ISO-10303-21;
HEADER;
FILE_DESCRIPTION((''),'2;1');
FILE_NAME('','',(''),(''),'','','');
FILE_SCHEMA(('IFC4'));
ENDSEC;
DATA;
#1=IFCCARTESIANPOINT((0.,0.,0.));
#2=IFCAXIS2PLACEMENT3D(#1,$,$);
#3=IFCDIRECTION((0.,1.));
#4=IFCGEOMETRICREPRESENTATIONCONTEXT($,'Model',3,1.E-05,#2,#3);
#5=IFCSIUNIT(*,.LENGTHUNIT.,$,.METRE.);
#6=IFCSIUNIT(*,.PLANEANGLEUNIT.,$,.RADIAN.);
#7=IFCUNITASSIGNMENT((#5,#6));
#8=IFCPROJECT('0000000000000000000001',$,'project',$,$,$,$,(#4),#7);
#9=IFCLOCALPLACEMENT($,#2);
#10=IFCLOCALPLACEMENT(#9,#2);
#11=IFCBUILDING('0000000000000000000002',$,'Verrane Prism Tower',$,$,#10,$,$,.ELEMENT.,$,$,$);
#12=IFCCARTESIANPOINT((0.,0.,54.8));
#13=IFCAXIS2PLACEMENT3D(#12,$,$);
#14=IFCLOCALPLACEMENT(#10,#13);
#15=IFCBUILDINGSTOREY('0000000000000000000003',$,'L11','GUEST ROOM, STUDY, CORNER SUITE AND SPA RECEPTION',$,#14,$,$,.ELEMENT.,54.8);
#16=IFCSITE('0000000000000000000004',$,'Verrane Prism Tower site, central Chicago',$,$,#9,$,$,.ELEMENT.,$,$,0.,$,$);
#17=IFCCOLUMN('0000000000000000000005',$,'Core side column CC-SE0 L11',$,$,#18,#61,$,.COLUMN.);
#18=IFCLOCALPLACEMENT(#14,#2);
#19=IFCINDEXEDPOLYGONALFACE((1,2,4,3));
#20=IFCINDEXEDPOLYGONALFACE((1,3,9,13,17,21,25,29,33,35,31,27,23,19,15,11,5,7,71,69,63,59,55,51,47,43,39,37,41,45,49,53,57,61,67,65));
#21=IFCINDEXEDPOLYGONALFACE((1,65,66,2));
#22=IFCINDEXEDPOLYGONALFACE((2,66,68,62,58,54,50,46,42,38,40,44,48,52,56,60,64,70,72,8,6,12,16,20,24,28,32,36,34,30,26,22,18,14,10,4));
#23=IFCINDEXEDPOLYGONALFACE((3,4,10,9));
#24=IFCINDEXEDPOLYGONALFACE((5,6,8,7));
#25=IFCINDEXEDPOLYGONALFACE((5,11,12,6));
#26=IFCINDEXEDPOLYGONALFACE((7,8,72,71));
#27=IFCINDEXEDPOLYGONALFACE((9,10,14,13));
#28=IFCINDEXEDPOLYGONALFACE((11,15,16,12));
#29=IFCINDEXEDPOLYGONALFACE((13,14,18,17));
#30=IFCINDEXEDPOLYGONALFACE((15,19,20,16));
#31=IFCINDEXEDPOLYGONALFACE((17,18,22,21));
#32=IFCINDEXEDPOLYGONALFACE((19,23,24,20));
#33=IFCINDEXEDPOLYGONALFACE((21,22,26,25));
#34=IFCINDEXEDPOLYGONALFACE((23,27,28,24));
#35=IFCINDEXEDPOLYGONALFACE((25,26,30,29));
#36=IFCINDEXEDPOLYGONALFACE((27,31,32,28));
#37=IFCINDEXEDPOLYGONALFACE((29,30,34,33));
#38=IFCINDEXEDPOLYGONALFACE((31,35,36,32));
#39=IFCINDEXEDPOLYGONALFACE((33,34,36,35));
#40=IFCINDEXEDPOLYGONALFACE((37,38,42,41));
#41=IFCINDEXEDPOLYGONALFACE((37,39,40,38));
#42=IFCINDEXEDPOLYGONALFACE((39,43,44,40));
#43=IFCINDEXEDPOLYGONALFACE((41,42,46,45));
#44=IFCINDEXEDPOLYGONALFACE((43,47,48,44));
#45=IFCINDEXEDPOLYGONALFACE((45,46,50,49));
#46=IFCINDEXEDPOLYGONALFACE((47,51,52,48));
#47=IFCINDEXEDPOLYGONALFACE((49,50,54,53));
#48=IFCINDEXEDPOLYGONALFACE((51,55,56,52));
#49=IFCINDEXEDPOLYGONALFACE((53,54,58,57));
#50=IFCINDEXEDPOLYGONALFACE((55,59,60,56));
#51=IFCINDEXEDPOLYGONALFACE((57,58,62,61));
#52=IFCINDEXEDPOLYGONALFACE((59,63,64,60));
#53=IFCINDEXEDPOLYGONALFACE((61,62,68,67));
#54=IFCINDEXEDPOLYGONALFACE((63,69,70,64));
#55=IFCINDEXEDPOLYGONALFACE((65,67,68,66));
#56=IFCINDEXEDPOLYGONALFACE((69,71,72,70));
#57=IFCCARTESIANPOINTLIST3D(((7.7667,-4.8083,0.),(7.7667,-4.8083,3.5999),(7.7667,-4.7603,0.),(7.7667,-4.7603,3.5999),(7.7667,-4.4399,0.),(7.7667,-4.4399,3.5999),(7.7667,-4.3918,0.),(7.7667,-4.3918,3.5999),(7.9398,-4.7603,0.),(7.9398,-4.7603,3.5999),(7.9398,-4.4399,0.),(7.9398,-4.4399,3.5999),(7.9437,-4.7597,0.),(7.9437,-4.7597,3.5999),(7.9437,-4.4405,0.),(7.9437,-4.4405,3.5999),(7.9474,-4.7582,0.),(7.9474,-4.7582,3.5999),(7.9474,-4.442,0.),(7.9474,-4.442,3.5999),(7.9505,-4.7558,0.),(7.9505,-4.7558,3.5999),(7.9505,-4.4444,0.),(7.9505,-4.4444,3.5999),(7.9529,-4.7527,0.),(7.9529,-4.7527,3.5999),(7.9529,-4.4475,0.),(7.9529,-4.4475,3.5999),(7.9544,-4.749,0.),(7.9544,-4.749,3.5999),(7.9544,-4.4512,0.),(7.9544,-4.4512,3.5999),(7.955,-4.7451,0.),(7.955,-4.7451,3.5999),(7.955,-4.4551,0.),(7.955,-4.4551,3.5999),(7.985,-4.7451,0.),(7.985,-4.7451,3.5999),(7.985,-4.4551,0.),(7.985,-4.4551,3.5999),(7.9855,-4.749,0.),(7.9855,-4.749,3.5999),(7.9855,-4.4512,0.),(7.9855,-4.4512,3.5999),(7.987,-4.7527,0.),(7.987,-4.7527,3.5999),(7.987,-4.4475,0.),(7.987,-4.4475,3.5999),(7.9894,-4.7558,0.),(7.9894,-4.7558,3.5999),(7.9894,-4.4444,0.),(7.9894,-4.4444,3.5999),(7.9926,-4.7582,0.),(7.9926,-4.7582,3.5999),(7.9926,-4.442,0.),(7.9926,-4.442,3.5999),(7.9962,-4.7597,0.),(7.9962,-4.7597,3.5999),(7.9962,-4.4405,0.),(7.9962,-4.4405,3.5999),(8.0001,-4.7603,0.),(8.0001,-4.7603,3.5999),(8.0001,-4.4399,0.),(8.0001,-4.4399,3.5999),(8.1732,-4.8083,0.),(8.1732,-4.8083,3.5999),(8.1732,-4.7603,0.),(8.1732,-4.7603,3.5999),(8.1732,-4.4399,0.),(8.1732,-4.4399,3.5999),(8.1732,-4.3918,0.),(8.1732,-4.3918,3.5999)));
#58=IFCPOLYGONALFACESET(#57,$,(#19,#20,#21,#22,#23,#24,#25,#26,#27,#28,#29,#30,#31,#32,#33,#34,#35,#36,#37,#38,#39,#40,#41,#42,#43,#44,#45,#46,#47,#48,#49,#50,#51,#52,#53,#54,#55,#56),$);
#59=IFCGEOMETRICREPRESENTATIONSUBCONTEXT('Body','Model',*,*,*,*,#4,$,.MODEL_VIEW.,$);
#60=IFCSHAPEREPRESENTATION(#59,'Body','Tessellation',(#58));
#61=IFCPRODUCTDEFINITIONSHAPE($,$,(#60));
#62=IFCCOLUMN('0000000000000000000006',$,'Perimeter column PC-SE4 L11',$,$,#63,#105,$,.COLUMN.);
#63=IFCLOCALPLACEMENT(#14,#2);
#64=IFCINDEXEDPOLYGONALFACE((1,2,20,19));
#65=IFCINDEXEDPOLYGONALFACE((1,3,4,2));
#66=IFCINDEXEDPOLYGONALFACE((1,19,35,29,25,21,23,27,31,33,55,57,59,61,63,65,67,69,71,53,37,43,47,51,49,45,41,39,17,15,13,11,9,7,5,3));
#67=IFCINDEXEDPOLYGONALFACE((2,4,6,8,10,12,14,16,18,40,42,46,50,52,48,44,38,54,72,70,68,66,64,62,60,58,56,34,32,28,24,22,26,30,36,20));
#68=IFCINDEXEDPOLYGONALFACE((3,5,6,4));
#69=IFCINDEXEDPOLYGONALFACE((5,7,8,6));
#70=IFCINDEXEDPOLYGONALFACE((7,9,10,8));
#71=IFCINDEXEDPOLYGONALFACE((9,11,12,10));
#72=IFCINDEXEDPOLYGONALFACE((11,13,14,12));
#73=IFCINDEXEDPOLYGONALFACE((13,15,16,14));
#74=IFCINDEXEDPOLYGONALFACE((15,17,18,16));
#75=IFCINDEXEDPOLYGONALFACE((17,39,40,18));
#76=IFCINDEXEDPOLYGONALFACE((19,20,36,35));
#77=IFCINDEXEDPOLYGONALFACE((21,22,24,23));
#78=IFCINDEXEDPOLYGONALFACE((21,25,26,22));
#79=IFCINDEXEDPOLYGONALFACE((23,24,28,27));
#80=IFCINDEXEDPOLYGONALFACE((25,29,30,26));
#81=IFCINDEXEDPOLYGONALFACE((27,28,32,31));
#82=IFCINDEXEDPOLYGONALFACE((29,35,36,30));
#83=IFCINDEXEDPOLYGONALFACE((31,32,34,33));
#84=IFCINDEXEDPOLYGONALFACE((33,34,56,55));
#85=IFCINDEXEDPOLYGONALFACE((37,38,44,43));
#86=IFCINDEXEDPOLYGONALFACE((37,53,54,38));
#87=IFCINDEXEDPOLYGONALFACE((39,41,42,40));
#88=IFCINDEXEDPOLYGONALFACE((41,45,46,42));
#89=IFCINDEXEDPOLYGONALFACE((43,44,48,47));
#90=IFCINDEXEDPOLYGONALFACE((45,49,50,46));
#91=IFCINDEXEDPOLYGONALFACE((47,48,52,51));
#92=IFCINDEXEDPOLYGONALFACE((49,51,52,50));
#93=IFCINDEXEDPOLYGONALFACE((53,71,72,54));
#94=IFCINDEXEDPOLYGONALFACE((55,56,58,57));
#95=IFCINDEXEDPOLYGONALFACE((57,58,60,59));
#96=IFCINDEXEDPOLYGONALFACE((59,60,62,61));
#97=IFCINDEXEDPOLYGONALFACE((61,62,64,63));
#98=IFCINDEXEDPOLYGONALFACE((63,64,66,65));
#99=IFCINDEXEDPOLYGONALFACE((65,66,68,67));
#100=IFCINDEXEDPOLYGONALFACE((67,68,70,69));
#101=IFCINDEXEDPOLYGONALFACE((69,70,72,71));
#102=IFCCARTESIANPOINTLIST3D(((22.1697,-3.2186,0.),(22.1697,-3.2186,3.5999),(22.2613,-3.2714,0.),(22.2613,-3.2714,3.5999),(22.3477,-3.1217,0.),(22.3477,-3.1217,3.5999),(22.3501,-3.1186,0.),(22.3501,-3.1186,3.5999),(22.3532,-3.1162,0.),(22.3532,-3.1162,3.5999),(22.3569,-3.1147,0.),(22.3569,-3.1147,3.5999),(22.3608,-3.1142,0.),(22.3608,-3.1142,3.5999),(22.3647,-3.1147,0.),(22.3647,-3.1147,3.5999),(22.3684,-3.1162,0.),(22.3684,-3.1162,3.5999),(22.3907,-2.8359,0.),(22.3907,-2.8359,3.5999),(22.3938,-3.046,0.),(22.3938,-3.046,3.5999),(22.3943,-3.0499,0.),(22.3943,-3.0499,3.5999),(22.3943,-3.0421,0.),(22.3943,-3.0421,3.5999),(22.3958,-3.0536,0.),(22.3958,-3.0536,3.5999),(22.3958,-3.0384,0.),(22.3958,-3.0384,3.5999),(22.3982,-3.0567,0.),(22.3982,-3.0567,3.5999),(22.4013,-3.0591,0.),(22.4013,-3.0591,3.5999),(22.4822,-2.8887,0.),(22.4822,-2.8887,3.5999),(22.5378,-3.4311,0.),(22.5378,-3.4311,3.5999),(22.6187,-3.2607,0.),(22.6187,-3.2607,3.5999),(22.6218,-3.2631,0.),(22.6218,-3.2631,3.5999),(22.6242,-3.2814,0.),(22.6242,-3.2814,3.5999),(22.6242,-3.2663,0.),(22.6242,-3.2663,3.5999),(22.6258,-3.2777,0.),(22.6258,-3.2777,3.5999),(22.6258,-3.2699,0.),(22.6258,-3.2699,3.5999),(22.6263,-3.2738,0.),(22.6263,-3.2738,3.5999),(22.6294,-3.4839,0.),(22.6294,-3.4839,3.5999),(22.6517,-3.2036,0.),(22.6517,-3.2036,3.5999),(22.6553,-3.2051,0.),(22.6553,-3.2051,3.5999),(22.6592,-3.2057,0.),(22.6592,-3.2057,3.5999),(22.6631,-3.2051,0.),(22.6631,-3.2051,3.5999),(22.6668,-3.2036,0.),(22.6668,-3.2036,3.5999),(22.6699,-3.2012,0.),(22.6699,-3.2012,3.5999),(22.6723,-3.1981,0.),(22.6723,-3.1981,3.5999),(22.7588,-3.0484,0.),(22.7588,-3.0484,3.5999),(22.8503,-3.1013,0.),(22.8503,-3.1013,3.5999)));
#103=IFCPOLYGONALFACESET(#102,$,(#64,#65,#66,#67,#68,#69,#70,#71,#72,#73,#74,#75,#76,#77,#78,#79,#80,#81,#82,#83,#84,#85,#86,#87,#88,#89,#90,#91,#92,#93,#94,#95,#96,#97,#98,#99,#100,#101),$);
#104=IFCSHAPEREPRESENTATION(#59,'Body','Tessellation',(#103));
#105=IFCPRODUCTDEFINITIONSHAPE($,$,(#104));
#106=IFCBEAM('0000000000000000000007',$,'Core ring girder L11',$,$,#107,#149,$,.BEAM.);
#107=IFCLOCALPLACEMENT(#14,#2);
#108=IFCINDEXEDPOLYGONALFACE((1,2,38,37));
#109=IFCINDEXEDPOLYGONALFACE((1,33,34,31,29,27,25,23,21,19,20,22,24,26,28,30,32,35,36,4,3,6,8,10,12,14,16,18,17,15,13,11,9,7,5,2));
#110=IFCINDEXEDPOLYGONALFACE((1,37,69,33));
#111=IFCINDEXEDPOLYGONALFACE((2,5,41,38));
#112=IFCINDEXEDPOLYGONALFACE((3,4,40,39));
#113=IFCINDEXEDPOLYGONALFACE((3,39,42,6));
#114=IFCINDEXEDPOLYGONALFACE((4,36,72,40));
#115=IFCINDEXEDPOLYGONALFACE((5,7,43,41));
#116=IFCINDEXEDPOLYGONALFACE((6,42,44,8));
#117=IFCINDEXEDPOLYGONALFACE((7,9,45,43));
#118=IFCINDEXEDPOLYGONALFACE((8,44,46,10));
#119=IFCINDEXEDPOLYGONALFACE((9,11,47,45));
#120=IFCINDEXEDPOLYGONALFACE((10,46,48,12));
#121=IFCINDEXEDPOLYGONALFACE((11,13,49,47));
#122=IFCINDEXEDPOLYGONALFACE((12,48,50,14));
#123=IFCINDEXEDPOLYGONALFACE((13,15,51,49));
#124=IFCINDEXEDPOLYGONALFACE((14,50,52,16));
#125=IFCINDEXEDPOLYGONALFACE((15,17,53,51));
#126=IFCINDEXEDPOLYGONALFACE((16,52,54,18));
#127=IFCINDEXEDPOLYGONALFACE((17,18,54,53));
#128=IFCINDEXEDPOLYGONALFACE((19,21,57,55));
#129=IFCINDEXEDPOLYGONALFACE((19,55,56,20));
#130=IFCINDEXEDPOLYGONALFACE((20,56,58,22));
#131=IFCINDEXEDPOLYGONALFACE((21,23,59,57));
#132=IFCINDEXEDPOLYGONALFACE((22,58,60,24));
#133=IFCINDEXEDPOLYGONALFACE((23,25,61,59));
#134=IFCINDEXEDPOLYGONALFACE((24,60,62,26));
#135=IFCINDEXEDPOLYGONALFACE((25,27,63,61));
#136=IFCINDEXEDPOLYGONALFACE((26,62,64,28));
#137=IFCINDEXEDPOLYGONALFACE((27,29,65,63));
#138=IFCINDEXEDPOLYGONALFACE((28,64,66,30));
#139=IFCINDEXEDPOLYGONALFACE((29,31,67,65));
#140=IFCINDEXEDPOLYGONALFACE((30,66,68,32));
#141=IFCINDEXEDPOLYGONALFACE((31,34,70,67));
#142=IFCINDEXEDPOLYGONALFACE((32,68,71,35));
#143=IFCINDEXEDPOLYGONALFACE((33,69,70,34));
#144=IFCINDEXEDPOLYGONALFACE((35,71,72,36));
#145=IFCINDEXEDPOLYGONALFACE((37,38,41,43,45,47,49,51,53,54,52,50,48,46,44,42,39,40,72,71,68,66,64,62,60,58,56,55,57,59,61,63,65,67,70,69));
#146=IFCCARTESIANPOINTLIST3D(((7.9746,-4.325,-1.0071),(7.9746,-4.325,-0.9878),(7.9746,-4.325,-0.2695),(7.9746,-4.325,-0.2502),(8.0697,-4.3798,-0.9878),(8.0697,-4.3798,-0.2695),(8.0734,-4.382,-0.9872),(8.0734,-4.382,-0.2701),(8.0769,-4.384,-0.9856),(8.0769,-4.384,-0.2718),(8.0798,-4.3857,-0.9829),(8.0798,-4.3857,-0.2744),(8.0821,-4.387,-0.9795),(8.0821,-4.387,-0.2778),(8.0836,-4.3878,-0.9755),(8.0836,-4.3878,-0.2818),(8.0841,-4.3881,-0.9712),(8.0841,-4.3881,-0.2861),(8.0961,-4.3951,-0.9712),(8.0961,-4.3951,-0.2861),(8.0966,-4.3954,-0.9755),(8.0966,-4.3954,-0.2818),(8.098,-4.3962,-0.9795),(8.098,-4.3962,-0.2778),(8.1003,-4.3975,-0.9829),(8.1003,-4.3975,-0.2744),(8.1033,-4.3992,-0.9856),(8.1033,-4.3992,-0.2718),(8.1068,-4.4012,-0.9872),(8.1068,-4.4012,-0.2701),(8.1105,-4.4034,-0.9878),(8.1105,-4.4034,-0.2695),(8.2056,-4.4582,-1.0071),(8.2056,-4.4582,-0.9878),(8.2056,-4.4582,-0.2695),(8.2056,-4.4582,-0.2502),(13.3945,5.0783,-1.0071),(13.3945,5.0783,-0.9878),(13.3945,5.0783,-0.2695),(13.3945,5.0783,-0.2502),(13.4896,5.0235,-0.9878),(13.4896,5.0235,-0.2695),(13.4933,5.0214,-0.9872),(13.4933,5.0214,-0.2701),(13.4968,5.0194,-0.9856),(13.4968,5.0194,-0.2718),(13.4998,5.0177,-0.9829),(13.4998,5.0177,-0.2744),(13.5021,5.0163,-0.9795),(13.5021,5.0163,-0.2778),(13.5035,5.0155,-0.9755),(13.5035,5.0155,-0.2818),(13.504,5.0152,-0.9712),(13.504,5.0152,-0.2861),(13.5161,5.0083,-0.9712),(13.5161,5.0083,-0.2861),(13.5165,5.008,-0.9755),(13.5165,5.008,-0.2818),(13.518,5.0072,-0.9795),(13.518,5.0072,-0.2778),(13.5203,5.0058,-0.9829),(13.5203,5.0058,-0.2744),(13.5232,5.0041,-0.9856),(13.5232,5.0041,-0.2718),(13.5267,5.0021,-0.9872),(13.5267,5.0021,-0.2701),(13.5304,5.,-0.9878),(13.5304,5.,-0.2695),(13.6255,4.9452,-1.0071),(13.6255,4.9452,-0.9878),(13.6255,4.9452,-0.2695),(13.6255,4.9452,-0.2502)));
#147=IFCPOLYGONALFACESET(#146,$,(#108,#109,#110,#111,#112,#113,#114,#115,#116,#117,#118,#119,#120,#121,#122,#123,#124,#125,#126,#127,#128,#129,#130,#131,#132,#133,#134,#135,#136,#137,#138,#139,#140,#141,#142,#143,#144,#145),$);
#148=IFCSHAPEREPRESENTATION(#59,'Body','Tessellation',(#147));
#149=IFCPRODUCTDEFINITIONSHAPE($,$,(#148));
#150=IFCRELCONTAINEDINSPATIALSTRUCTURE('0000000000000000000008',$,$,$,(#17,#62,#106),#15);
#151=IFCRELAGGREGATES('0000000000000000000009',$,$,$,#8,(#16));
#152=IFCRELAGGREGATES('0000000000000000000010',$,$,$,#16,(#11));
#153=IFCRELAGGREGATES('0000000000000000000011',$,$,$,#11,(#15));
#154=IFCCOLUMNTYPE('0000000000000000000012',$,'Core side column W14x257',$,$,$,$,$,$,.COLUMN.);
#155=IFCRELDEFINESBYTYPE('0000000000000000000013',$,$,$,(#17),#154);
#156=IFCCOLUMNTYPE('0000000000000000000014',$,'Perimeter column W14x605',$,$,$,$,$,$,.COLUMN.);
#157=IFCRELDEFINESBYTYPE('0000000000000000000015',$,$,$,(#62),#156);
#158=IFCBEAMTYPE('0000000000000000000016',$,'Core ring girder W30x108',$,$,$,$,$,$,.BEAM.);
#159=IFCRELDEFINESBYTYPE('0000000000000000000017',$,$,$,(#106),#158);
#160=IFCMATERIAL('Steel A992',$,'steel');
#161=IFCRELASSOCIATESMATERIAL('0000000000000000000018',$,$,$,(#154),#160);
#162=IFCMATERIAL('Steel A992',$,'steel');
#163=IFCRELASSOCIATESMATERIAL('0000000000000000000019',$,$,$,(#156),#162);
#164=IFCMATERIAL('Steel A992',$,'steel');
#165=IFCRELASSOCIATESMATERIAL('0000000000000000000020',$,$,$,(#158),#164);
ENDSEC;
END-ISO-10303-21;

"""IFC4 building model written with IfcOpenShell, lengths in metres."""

from ifc_helpers import new_model, si_unit, direction, frame, origin, origin_2d, place, context, subcontext, project, spatial, i_section, extrude, material, material_profile, profile_set, type_object, element, save


model = new_model("IFC4")

# Units and contexts
model_context = context("Model", 3, precision=1e-05, world=origin(), true_north=direction((0.0, 1.0)))
body_context = subcontext(model_context, "Body", "Model", "MODEL_VIEW")
ifc_project = project(units=[si_unit("LENGTHUNIT", "METRE"), si_unit("PLANEANGLEUNIT", "RADIAN")], contexts=[model_context])

# Site, building, storey
site_placement = place(None, origin())
site = spatial("IfcSite", under=ifc_project, at=site_placement, Name="Verrane Prism Tower site, central Chicago", CompositionType="ELEMENT", RefElevation=0.0)
building_placement = place(site_placement, origin())
building = spatial("IfcBuilding", under=site, at=building_placement, Name="Verrane Prism Tower", CompositionType="ELEMENT")
storey_placement = place(building_placement, frame((0.0, 0.0, 54.8)))
storey = spatial("IfcBuildingStorey", under=building, at=storey_placement, Name="L11", Description="GUEST ROOM, STUDY, CORNER SUITE AND SPA RECEPTION", CompositionType="ELEMENT", Elevation=54.8)

# Columns
ifc_material_1 = material(Name="Steel A992", Category="steel")
ifc_material_profile_1 = material_profile(ifc_material_1, i_section(OverallWidth=0.4065, OverallDepth=0.4165, WebThickness=0.03, FlangeThickness=0.0481, FilletRadius=0.0151, at=origin_2d()), Name="W14x257")
ifc_profile_set_1 = profile_set([ifc_material_profile_1], Name="Steel A992")
column_type_1 = type_object("IfcColumnType", Name="Core side column W14x257", PredefinedType="COLUMN", material=ifc_profile_set_1)
column_1_placement = place(storey_placement, frame((7.97, -4.6001, 0.0), z_axis=(0.0, 0.0, 1.0), x_axis=(1.0, 0.0, 0.0)))
element("IfcColumn", 1, at=column_1_placement, inside=storey, type_object=column_type_1, Name="Core side column CC-SE0 L11", PredefinedType="COLUMN", context=body_context, shape_type="SweptSolid", body=[
    extrude(i_section(OverallWidth=0.4065, OverallDepth=0.4165, WebThickness=0.03, FlangeThickness=0.0481, FilletRadius=0.0151, at=origin_2d()), origin(), (0.0, 0.0, 1.0), 3.5999),
])
ifc_material_2 = material(Name="Steel A992", Category="steel")
ifc_material_profile_2 = material_profile(ifc_material_2, i_section(OverallWidth=0.4419, OverallDepth=0.5308, WebThickness=0.0659, FlangeThickness=0.1057, FilletRadius=0.0151, at=origin_2d()), Name="W14x605")
ifc_profile_set_2 = profile_set([ifc_material_profile_2], Name="Steel A992")
column_type_2 = type_object("IfcColumnType", Name="Perimeter column W14x605", PredefinedType="COLUMN", material=ifc_profile_set_2)
column_2_placement = place(storey_placement, frame((22.51, -3.1599, 0.0), z_axis=(0.0, 0.0, 1.0), x_axis=(-0.5, -0.866025, 0.0)))
element("IfcColumn", 2, at=column_2_placement, inside=storey, type_object=column_type_2, Name="Perimeter column PC-SE4 L11", PredefinedType="COLUMN", context=body_context, shape_type="SweptSolid", body=[
    extrude(i_section(OverallWidth=0.4419, OverallDepth=0.5308, WebThickness=0.0659, FlangeThickness=0.1057, FilletRadius=0.0151, at=origin_2d()), origin(), (0.0, 0.0, 1.0), 3.5999),
])

# Beam
ifc_material_3 = material(Name="Steel A992", Category="steel")
ifc_material_profile_3 = material_profile(ifc_material_3, i_section(OverallWidth=0.2666, OverallDepth=0.7568, WebThickness=0.0139, FlangeThickness=0.0193, FilletRadius=0.0166, at=origin_2d()), Name="W30x108")
ifc_profile_set_3 = profile_set([ifc_material_profile_3], Name="Steel A992")
beam_type_1 = type_object("IfcBeamType", Name="Core ring girder W30x108", PredefinedType="BEAM", material=ifc_profile_set_3)
beam_1_placement = place(storey_placement, frame((8.0901, -4.3916, -0.6287), z_axis=(0.499372, 0.866388, 0.0), x_axis=(-0.866388, 0.499372, 0.0)))
element("IfcBeam", 3, at=beam_1_placement, inside=storey, type_object=beam_type_1, Name="Core ring girder L11", PredefinedType="BEAM", context=body_context, shape_type="SweptSolid", body=[
    extrude(i_section(OverallWidth=0.2666, OverallDepth=0.7568, WebThickness=0.0139, FlangeThickness=0.0193, FilletRadius=0.0166, at=origin_2d()), origin(), (0.0, 0.0, 1.0), 10.8535),
])

save(model, "model.ifc")
